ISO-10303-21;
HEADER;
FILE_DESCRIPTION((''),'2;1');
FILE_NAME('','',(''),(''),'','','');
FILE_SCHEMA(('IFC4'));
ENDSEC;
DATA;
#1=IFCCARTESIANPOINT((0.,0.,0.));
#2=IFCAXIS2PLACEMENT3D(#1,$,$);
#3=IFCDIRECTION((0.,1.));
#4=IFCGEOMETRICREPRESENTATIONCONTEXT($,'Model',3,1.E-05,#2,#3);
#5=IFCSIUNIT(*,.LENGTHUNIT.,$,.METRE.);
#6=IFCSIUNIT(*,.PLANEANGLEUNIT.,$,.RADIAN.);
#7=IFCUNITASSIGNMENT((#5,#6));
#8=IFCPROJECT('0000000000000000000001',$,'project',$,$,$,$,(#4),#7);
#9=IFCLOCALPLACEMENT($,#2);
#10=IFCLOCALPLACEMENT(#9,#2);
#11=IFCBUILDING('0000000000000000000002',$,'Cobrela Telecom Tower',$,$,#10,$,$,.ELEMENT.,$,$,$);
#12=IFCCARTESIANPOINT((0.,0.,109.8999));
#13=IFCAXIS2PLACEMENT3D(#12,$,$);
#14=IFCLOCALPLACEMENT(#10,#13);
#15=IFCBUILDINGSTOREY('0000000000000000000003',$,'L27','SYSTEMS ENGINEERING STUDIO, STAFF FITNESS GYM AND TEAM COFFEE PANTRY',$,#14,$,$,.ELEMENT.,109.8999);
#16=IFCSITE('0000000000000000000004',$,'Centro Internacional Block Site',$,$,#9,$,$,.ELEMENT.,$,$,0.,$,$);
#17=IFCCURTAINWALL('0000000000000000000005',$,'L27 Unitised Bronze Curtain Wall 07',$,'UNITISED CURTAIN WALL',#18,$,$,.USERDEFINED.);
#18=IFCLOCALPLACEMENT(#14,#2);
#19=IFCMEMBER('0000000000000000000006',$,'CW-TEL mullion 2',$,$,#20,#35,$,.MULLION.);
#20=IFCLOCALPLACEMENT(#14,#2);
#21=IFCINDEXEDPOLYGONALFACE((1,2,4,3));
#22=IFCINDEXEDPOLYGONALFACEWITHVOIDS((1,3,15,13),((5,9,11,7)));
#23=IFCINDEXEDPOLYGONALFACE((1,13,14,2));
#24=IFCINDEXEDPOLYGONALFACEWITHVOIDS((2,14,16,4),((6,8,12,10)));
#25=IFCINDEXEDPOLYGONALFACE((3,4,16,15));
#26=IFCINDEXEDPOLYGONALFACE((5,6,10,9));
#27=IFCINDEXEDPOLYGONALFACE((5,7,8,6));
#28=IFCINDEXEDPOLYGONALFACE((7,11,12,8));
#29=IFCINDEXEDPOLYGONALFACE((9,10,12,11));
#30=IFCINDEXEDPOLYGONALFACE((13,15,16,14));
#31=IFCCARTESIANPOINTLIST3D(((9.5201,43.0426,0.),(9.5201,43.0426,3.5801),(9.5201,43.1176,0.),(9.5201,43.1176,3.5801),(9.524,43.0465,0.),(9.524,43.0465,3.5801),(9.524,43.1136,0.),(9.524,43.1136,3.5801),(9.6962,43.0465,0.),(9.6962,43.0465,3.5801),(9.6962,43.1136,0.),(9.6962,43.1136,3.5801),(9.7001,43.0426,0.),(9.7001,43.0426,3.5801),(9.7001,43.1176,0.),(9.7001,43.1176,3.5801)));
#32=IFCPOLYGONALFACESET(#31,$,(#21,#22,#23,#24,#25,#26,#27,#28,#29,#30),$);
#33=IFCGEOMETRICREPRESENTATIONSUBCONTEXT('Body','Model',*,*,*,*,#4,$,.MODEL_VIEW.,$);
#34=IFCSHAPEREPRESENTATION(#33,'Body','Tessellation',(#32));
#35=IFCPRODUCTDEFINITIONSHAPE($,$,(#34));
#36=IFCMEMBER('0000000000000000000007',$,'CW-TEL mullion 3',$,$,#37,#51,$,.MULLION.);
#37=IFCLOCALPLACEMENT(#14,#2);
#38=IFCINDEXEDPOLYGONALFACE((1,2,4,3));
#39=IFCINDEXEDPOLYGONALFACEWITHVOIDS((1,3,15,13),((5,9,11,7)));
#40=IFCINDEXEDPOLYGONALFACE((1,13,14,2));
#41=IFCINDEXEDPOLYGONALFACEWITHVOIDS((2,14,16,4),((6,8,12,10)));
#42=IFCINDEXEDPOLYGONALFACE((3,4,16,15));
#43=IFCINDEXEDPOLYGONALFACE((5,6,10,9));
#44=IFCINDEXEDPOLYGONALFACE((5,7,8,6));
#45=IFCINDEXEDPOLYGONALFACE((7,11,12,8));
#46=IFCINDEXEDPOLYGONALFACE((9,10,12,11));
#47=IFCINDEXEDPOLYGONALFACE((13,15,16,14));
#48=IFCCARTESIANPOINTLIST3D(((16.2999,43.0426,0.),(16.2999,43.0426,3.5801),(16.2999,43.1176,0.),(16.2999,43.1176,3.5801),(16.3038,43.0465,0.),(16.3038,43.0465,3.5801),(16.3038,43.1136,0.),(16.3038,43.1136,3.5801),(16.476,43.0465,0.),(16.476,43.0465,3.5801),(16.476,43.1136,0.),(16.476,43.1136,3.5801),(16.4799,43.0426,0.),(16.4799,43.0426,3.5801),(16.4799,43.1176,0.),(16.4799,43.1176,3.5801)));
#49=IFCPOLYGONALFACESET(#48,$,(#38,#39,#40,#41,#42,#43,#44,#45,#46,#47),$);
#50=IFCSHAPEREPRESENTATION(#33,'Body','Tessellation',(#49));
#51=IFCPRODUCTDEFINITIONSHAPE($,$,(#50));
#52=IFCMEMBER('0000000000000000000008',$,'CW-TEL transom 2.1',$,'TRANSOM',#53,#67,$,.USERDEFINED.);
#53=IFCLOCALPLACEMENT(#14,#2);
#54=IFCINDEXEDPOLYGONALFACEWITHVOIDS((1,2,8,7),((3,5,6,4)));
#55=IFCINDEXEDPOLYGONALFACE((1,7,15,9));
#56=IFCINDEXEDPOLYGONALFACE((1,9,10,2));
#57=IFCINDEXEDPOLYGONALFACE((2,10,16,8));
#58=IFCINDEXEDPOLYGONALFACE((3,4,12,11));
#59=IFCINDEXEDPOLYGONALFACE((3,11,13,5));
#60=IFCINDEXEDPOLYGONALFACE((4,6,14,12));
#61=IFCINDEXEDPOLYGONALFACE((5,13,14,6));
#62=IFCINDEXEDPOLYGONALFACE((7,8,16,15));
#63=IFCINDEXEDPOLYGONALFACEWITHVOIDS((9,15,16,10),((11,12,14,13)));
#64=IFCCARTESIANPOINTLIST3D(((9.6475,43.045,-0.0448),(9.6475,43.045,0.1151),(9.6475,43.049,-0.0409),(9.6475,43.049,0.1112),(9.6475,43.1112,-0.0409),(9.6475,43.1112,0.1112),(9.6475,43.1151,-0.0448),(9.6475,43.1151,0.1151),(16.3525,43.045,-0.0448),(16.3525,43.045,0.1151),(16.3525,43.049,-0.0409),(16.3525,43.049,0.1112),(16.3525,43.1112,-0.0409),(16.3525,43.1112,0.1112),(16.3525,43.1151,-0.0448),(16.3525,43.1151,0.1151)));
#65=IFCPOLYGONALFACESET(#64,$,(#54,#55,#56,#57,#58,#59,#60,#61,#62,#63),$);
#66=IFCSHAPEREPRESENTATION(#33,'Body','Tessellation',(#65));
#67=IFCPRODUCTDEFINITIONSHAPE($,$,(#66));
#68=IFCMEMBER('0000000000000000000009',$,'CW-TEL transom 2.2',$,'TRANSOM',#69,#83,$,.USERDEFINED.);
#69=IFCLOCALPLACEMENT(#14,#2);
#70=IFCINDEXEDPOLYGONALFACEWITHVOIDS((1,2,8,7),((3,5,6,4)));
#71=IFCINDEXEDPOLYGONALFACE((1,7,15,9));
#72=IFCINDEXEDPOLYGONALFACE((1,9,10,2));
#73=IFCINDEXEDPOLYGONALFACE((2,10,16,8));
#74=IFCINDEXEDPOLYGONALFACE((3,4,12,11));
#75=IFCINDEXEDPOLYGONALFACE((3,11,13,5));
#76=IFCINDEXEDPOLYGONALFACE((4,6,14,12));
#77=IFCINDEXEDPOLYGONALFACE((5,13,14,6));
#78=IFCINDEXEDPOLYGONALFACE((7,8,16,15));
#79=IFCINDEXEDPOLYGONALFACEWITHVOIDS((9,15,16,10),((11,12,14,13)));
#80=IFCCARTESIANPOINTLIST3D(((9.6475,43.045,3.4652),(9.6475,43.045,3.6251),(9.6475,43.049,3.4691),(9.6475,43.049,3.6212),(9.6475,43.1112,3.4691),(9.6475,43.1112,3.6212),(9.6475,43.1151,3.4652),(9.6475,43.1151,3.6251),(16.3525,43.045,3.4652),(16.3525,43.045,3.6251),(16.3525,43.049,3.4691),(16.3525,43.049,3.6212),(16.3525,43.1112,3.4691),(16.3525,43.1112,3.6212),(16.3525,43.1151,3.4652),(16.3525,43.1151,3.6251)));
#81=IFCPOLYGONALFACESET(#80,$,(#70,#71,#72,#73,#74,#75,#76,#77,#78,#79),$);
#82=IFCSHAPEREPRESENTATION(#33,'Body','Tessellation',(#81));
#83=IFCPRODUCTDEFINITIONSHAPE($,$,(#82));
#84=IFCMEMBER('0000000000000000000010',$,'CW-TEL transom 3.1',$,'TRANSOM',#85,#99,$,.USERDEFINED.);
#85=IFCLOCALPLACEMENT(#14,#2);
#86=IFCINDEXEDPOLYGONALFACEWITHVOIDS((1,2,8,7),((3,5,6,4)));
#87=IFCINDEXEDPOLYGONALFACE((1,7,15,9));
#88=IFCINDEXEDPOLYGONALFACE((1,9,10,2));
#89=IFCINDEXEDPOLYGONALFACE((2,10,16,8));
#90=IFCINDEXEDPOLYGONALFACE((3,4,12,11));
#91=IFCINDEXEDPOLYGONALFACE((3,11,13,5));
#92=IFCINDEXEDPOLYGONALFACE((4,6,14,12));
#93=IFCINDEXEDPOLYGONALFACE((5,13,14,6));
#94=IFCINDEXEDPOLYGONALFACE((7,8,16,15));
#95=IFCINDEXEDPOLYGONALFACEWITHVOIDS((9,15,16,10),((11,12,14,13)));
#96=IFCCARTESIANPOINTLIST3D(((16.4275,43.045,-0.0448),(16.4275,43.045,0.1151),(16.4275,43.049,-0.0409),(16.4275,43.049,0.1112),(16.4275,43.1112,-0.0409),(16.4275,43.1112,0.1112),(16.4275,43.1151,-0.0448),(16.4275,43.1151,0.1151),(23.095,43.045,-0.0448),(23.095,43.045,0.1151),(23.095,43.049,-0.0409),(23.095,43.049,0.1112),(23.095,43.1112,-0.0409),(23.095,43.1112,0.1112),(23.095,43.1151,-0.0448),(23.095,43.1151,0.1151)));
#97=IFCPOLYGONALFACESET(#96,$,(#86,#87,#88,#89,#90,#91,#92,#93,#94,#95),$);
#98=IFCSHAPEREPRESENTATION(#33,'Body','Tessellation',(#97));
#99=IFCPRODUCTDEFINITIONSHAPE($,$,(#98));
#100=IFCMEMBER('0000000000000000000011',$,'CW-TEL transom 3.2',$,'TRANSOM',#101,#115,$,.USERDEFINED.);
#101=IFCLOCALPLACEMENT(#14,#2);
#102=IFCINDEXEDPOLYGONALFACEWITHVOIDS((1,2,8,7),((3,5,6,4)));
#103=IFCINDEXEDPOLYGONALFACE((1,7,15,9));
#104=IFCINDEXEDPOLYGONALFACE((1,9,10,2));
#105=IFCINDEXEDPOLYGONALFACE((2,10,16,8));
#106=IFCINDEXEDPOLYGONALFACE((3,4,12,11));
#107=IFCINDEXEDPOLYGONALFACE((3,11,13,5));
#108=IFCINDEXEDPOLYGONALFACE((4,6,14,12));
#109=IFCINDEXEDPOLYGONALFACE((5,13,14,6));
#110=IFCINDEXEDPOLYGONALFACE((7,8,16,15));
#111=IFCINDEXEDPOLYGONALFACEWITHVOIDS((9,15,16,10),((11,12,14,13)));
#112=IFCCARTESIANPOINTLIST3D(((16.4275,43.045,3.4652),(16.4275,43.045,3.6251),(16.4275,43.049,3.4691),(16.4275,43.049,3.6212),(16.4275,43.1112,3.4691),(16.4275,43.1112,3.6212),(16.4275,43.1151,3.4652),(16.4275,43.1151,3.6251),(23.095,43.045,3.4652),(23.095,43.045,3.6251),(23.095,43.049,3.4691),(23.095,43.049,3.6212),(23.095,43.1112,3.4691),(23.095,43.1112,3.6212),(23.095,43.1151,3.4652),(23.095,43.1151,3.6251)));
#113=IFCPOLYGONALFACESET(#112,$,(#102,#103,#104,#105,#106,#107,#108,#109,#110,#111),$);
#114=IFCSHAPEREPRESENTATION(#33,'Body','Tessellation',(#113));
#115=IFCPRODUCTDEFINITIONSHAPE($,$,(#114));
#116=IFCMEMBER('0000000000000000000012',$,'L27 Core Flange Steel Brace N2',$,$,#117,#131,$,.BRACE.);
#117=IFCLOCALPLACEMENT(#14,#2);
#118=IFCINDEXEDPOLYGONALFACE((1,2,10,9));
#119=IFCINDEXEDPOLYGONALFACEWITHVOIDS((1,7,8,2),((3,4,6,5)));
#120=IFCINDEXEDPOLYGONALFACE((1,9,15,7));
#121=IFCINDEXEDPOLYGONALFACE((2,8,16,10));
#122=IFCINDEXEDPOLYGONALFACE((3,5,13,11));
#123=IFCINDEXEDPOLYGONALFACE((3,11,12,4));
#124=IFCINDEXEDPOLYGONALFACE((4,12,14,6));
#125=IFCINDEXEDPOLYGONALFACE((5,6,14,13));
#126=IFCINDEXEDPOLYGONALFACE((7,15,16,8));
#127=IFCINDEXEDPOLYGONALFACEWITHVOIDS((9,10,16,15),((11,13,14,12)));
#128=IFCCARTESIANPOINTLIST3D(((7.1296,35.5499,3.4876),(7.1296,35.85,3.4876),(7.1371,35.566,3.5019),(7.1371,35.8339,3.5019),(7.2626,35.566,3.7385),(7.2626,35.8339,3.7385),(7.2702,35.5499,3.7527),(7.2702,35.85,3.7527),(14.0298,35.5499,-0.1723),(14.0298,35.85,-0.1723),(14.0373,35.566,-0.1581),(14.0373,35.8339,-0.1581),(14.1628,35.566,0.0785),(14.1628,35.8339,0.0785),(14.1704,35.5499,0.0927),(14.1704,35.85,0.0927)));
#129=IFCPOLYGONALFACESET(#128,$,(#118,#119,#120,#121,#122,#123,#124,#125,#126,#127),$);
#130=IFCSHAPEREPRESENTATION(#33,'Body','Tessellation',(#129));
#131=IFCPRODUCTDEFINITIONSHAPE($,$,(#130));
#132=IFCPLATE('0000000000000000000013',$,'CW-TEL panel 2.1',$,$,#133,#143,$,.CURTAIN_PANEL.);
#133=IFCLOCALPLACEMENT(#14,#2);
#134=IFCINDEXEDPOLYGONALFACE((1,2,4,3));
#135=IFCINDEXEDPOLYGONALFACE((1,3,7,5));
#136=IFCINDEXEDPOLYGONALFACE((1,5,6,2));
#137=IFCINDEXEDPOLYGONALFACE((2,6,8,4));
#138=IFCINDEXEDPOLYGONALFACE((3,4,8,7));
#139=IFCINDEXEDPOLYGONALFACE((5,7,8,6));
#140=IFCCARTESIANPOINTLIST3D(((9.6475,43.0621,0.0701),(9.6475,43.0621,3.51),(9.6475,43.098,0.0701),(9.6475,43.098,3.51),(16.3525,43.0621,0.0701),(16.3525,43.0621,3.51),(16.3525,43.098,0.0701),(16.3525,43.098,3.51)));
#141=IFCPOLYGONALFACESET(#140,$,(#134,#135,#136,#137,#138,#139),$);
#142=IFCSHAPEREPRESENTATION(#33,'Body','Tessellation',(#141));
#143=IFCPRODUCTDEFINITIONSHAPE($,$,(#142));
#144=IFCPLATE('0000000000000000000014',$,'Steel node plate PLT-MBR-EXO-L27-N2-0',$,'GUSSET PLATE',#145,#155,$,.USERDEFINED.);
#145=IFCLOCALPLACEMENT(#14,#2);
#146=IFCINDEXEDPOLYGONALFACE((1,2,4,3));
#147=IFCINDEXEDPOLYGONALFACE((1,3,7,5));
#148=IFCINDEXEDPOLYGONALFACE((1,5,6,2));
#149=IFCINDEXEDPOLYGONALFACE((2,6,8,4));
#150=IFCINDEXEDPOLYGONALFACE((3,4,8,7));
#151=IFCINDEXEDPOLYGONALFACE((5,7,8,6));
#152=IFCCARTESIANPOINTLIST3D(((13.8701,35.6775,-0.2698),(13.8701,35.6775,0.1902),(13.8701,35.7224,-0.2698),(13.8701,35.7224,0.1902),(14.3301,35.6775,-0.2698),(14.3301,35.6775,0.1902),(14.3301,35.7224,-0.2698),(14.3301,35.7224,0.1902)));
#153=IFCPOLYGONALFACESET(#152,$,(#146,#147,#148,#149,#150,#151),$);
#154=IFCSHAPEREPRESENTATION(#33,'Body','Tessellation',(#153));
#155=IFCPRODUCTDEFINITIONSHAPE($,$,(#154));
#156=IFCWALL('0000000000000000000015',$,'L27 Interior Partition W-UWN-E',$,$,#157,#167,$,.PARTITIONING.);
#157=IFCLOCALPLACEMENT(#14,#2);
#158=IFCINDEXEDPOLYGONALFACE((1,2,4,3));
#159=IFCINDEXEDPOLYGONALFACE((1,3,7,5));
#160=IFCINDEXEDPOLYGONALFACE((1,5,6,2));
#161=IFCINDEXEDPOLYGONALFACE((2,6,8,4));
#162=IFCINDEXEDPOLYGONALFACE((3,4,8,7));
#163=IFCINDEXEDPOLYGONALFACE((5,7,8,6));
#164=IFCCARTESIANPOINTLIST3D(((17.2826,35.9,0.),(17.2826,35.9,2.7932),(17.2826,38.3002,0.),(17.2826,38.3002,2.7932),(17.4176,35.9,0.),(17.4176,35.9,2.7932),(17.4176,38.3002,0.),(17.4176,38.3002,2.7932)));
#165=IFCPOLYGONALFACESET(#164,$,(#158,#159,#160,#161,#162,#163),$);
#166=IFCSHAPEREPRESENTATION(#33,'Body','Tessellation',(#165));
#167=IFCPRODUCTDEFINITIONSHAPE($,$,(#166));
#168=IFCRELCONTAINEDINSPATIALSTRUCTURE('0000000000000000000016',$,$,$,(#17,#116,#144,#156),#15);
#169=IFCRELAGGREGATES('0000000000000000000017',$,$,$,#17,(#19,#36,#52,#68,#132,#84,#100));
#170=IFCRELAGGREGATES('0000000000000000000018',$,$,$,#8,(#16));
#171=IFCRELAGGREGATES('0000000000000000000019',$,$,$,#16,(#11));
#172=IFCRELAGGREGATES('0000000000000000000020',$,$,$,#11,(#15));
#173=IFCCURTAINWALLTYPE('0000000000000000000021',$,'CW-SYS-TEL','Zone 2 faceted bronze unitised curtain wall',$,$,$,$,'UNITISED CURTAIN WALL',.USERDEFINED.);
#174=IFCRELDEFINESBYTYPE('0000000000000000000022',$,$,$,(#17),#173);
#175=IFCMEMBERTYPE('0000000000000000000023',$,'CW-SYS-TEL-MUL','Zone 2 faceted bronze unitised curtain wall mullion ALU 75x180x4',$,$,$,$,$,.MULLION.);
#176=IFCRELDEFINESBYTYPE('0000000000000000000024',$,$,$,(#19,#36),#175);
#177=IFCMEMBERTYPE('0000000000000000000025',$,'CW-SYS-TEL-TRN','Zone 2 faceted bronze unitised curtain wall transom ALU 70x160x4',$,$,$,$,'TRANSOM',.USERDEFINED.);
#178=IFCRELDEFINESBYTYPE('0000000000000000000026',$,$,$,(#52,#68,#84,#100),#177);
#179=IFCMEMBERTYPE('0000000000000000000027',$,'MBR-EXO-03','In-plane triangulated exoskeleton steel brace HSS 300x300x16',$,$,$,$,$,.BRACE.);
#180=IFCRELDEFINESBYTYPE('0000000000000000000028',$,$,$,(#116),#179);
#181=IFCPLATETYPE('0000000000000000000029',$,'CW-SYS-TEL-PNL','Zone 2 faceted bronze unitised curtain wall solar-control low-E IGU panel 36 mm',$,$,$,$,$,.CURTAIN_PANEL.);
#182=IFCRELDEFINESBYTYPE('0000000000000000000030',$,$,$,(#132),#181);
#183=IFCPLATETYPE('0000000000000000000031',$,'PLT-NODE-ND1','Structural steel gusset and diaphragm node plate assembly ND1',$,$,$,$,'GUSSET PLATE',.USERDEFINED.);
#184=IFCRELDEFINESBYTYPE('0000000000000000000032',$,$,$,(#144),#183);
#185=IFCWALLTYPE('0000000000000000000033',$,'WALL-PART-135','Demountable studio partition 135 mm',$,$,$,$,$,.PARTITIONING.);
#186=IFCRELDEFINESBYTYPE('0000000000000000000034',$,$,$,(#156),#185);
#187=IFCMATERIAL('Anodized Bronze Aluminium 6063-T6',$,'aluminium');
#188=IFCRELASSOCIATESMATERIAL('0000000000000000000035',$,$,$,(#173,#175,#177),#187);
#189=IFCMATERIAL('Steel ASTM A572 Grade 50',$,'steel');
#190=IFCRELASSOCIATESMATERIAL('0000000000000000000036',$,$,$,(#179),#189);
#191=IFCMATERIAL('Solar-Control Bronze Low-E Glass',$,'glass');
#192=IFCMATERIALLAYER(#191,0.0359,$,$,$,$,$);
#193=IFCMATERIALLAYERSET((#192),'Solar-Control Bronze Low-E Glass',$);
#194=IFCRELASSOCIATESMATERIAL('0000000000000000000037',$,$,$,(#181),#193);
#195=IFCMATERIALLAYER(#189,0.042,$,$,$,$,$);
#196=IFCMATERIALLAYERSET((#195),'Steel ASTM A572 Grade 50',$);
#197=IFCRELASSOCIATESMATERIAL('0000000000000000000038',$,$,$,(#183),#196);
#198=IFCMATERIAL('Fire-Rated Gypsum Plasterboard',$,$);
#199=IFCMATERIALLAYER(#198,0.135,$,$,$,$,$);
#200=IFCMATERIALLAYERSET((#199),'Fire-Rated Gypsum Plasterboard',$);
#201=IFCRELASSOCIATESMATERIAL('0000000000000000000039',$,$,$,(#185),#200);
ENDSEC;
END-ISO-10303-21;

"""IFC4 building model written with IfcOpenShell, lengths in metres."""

from ifc_helpers import new_model, si_unit, direction, frame, frame_2d, origin, origin_2d, place, context, subcontext, project, spatial, rectangle, hollow_rectangle, extrude, material, layer, layer_set, material_profile, profile_set, type_object, element, aggregate, save


model = new_model("IFC4")

# Units and contexts
model_context = context("Model", 3, precision=1e-05, world=origin(), true_north=direction((0.0, 1.0)))
body_context = subcontext(model_context, "Body", "Model", "MODEL_VIEW")
ifc_project = project(units=[si_unit("LENGTHUNIT", "METRE"), si_unit("PLANEANGLEUNIT", "RADIAN")], contexts=[model_context])

# Site, building, storey
site_placement = place(None, origin())
site = spatial("IfcSite", under=ifc_project, at=site_placement, Name="Centro Internacional Block Site", CompositionType="ELEMENT", RefElevation=0.0)
building_placement = place(site_placement, origin())
building = spatial("IfcBuilding", under=site, at=building_placement, Name="Cobrela Telecom Tower", CompositionType="ELEMENT")
storey_placement = place(building_placement, frame((0.0, 0.0, 109.8999)))
storey = spatial("IfcBuildingStorey", under=building, at=storey_placement, Name="L27", Description="SYSTEMS ENGINEERING STUDIO, STAFF FITNESS GYM AND TEAM COFFEE PANTRY", CompositionType="ELEMENT", Elevation=109.8999)

# Shared definitions
ifc_material_1 = material(Name="Steel ASTM A572 Grade 50", Category="steel")

# Curtain wall, members
ifc_material_2 = material(Name="Anodized Bronze Aluminium 6063-T6", Category="aluminium")
curtain_wall_type = type_object("IfcCurtainWallType", Name="CW-SYS-TEL", Description="Zone 2 faceted bronze unitised curtain wall", ElementType="UNITISED CURTAIN WALL", PredefinedType="USERDEFINED", material=ifc_material_2)
curtain_wall_placement = place(storey_placement, origin())
curtain_wall = element("IfcCurtainWall", 1, at=curtain_wall_placement, inside=storey, type_object=curtain_wall_type, Name="L27 Unitised Bronze Curtain Wall 07", ObjectType="UNITISED CURTAIN WALL", PredefinedType="USERDEFINED")
ifc_material_profile_1 = material_profile(ifc_material_2, hollow_rectangle(XDim=0.075, YDim=0.1799, WallThickness=0.0039, at=origin_2d()), Name="ALU 75x180x4")
ifc_profile_set_1 = profile_set([ifc_material_profile_1], Name="Anodized Bronze Aluminium 6063-T6")
member_type_1 = type_object("IfcMemberType", Name="CW-SYS-TEL-MUL", Description="Zone 2 faceted bronze unitised curtain wall mullion ALU 75x180x4", PredefinedType="MULLION", material=ifc_profile_set_1)
member_1_placement = place(storey_placement, frame((9.6101, 43.0801, 0.0), z_axis=(0.0, 0.0, 1.0), x_axis=(0.0, 1.0, 0.0)))
member_1 = element("IfcMember", 2, at=member_1_placement, type_object=member_type_1, Name="CW-TEL mullion 2", PredefinedType="MULLION", context=body_context, shape_type="SweptSolid", body=[
    extrude(hollow_rectangle(XDim=0.075, YDim=0.1799, WallThickness=0.0039, at=origin_2d()), origin(), (0.0, 0.0, 1.0), 3.5801),
])
member_2_placement = place(storey_placement, frame((16.3899, 43.0801, 0.0), z_axis=(0.0, 0.0, 1.0), x_axis=(0.0, 1.0, 0.0)))
member_2 = element("IfcMember", 3, at=member_2_placement, type_object=member_type_1, Name="CW-TEL mullion 3", PredefinedType="MULLION", context=body_context, shape_type="SweptSolid", body=[
    extrude(hollow_rectangle(XDim=0.075, YDim=0.1799, WallThickness=0.0039, at=origin_2d()), origin(), (0.0, 0.0, 1.0), 3.5801),
])
ifc_material_profile_2 = material_profile(ifc_material_2, hollow_rectangle(XDim=0.0701, YDim=0.1599, WallThickness=0.0039, at=origin_2d()), Name="ALU 70x160x4")
ifc_profile_set_2 = profile_set([ifc_material_profile_2], Name="Anodized Bronze Aluminium 6063-T6")
member_type_2 = type_object("IfcMemberType", Name="CW-SYS-TEL-TRN", Description="Zone 2 faceted bronze unitised curtain wall transom ALU 70x160x4", ElementType="TRANSOM", PredefinedType="USERDEFINED", material=ifc_profile_set_2)
member_3_placement = place(storey_placement, frame((9.6475, 43.0801, 0.0352), z_axis=(1.0, 0.0, 0.0), x_axis=(0.0, 1.0, 0.0)))
member_3 = element("IfcMember", 4, at=member_3_placement, type_object=member_type_2, Name="CW-TEL transom 2.1", ObjectType="TRANSOM", PredefinedType="USERDEFINED", context=body_context, shape_type="SweptSolid", body=[
    extrude(hollow_rectangle(XDim=0.0701, YDim=0.1599, WallThickness=0.0039, at=origin_2d()), origin(), (0.0, 0.0, 1.0), 6.7051),
])
member_4_placement = place(storey_placement, frame((9.6475, 43.0801, 3.5452), z_axis=(1.0, 0.0, 0.0), x_axis=(0.0, 1.0, 0.0)))
member_4 = element("IfcMember", 5, at=member_4_placement, type_object=member_type_2, Name="CW-TEL transom 2.2", ObjectType="TRANSOM", PredefinedType="USERDEFINED", context=body_context, shape_type="SweptSolid", body=[
    extrude(hollow_rectangle(XDim=0.0701, YDim=0.1599, WallThickness=0.0039, at=origin_2d()), origin(), (0.0, 0.0, 1.0), 6.7051),
])
member_5_placement = place(storey_placement, frame((16.4275, 43.0801, 0.0352), z_axis=(1.0, 0.0, 0.0), x_axis=(0.0, 1.0, 0.0)))
member_5 = element("IfcMember", 6, at=member_5_placement, type_object=member_type_2, Name="CW-TEL transom 3.1", ObjectType="TRANSOM", PredefinedType="USERDEFINED", context=body_context, shape_type="SweptSolid", body=[
    extrude(hollow_rectangle(XDim=0.0701, YDim=0.1599, WallThickness=0.0039, at=origin_2d()), origin(), (0.0, 0.0, 1.0), 6.6675),
])
member_6_placement = place(storey_placement, frame((16.4275, 43.0801, 3.5452), z_axis=(1.0, 0.0, 0.0), x_axis=(0.0, 1.0, 0.0)))
member_6 = element("IfcMember", 7, at=member_6_placement, type_object=member_type_2, Name="CW-TEL transom 3.2", ObjectType="TRANSOM", PredefinedType="USERDEFINED", context=body_context, shape_type="SweptSolid", body=[
    extrude(hollow_rectangle(XDim=0.0701, YDim=0.1599, WallThickness=0.0039, at=origin_2d()), origin(), (0.0, 0.0, 1.0), 6.6675),
])

# Member
ifc_material_profile_3 = material_profile(ifc_material_1, hollow_rectangle(XDim=0.3, YDim=0.3, WallThickness=0.0161, at=origin_2d()), Name="HSS 300x300x16")
ifc_profile_set_3 = profile_set([ifc_material_profile_3], Name="Steel ASTM A572 Grade 50")
member_type_3 = type_object("IfcMemberType", Name="MBR-EXO-03", Description="In-plane triangulated exoskeleton steel brace HSS 300x300x16", PredefinedType="BRACE", material=ifc_profile_set_3)
member_7_placement = place(storey_placement, frame((14.1001, 35.7, -0.0398), z_axis=(-0.883423, 0.0, 0.468577), x_axis=(0.0, -1.0, 0.0)))
element("IfcMember", 8, at=member_7_placement, inside=storey, type_object=member_type_3, Name="L27 Core Flange Steel Brace N2", PredefinedType="BRACE", context=body_context, shape_type="SweptSolid", body=[
    extrude(hollow_rectangle(XDim=0.3, YDim=0.3, WallThickness=0.0161, at=origin_2d()), origin(), (0.0, 0.0, 1.0), 7.8108),
])

# Plates
ifc_material_3 = material(Name="Solar-Control Bronze Low-E Glass", Category="glass")
ifc_layer_1 = layer(ifc_material_3, 0.0359)
ifc_layer_set_1 = layer_set([ifc_layer_1], Name="Solar-Control Bronze Low-E Glass")
plate_type_1 = type_object("IfcPlateType", Name="CW-SYS-TEL-PNL", Description="Zone 2 faceted bronze unitised curtain wall solar-control low-E IGU panel 36 mm", PredefinedType="CURTAIN_PANEL", material=ifc_layer_set_1)
plate_1_placement = place(storey_placement, frame((13.0, 43.0801, 0.0701), z_axis=(0.0, 0.0, 1.0), x_axis=(1.0, 0.0, 0.0)))
plate_1 = element("IfcPlate", 9, at=plate_1_placement, type_object=plate_type_1, Name="CW-TEL panel 2.1", PredefinedType="CURTAIN_PANEL", context=body_context, shape_type="SweptSolid", body=[
    extrude(rectangle(XDim=6.7051, YDim=0.0359, at=origin_2d()), origin(), (0.0, 0.0, 1.0), 3.4399),
])
aggregate(curtain_wall, [member_1, member_2, member_3, member_4, plate_1, member_5, member_6])
ifc_layer_2 = layer(ifc_material_1, 0.042)
ifc_layer_set_2 = layer_set([ifc_layer_2], Name="Steel ASTM A572 Grade 50")
plate_type_2 = type_object("IfcPlateType", Name="PLT-NODE-ND1", Description="Structural steel gusset and diaphragm node plate assembly ND1", ElementType="GUSSET PLATE", PredefinedType="USERDEFINED", material=ifc_layer_set_2)
plate_2_placement = place(storey_placement, frame((14.1001, 35.7, -0.2698), z_axis=(0.0, 0.0, 1.0), x_axis=(-1.0, 0.0, 0.0)))
element("IfcPlate", 10, at=plate_2_placement, inside=storey, type_object=plate_type_2, Name="Steel node plate PLT-MBR-EXO-L27-N2-0", ObjectType="GUSSET PLATE", PredefinedType="USERDEFINED", context=body_context, shape_type="SweptSolid", body=[
    extrude(rectangle(XDim=0.46, YDim=0.0449, at=origin_2d()), origin(), (0.0, 0.0, 1.0), 0.46),
])

# Shared definitions
ifc_material_4 = material(Name="Fire-Rated Gypsum Plasterboard")

# Wall
ifc_layer_3 = layer(ifc_material_4, 0.135)
ifc_layer_set_3 = layer_set([ifc_layer_3], Name="Fire-Rated Gypsum Plasterboard")
wall_type_1 = type_object("IfcWallType", Name="WALL-PART-135", Description="Demountable studio partition 135 mm", PredefinedType="PARTITIONING", material=ifc_layer_set_3)
wall_1_placement = place(storey_placement, frame((17.3501, 35.8999, 0.0), z_axis=(0.0, 0.0, 1.0), x_axis=(0.0, 1.0, 0.0)))
element("IfcWall", 11, at=wall_1_placement, inside=storey, type_object=wall_type_1, Name="L27 Interior Partition W-UWN-E", PredefinedType="PARTITIONING", context=body_context, shape_type="SweptSolid", body=[
    extrude(rectangle(XDim=2.4001, YDim=0.135, at=frame_2d((1.2002, 0.0))), origin(), (0.0, 0.0, 1.0), 2.7932),
])

save(model, "model.ifc")
